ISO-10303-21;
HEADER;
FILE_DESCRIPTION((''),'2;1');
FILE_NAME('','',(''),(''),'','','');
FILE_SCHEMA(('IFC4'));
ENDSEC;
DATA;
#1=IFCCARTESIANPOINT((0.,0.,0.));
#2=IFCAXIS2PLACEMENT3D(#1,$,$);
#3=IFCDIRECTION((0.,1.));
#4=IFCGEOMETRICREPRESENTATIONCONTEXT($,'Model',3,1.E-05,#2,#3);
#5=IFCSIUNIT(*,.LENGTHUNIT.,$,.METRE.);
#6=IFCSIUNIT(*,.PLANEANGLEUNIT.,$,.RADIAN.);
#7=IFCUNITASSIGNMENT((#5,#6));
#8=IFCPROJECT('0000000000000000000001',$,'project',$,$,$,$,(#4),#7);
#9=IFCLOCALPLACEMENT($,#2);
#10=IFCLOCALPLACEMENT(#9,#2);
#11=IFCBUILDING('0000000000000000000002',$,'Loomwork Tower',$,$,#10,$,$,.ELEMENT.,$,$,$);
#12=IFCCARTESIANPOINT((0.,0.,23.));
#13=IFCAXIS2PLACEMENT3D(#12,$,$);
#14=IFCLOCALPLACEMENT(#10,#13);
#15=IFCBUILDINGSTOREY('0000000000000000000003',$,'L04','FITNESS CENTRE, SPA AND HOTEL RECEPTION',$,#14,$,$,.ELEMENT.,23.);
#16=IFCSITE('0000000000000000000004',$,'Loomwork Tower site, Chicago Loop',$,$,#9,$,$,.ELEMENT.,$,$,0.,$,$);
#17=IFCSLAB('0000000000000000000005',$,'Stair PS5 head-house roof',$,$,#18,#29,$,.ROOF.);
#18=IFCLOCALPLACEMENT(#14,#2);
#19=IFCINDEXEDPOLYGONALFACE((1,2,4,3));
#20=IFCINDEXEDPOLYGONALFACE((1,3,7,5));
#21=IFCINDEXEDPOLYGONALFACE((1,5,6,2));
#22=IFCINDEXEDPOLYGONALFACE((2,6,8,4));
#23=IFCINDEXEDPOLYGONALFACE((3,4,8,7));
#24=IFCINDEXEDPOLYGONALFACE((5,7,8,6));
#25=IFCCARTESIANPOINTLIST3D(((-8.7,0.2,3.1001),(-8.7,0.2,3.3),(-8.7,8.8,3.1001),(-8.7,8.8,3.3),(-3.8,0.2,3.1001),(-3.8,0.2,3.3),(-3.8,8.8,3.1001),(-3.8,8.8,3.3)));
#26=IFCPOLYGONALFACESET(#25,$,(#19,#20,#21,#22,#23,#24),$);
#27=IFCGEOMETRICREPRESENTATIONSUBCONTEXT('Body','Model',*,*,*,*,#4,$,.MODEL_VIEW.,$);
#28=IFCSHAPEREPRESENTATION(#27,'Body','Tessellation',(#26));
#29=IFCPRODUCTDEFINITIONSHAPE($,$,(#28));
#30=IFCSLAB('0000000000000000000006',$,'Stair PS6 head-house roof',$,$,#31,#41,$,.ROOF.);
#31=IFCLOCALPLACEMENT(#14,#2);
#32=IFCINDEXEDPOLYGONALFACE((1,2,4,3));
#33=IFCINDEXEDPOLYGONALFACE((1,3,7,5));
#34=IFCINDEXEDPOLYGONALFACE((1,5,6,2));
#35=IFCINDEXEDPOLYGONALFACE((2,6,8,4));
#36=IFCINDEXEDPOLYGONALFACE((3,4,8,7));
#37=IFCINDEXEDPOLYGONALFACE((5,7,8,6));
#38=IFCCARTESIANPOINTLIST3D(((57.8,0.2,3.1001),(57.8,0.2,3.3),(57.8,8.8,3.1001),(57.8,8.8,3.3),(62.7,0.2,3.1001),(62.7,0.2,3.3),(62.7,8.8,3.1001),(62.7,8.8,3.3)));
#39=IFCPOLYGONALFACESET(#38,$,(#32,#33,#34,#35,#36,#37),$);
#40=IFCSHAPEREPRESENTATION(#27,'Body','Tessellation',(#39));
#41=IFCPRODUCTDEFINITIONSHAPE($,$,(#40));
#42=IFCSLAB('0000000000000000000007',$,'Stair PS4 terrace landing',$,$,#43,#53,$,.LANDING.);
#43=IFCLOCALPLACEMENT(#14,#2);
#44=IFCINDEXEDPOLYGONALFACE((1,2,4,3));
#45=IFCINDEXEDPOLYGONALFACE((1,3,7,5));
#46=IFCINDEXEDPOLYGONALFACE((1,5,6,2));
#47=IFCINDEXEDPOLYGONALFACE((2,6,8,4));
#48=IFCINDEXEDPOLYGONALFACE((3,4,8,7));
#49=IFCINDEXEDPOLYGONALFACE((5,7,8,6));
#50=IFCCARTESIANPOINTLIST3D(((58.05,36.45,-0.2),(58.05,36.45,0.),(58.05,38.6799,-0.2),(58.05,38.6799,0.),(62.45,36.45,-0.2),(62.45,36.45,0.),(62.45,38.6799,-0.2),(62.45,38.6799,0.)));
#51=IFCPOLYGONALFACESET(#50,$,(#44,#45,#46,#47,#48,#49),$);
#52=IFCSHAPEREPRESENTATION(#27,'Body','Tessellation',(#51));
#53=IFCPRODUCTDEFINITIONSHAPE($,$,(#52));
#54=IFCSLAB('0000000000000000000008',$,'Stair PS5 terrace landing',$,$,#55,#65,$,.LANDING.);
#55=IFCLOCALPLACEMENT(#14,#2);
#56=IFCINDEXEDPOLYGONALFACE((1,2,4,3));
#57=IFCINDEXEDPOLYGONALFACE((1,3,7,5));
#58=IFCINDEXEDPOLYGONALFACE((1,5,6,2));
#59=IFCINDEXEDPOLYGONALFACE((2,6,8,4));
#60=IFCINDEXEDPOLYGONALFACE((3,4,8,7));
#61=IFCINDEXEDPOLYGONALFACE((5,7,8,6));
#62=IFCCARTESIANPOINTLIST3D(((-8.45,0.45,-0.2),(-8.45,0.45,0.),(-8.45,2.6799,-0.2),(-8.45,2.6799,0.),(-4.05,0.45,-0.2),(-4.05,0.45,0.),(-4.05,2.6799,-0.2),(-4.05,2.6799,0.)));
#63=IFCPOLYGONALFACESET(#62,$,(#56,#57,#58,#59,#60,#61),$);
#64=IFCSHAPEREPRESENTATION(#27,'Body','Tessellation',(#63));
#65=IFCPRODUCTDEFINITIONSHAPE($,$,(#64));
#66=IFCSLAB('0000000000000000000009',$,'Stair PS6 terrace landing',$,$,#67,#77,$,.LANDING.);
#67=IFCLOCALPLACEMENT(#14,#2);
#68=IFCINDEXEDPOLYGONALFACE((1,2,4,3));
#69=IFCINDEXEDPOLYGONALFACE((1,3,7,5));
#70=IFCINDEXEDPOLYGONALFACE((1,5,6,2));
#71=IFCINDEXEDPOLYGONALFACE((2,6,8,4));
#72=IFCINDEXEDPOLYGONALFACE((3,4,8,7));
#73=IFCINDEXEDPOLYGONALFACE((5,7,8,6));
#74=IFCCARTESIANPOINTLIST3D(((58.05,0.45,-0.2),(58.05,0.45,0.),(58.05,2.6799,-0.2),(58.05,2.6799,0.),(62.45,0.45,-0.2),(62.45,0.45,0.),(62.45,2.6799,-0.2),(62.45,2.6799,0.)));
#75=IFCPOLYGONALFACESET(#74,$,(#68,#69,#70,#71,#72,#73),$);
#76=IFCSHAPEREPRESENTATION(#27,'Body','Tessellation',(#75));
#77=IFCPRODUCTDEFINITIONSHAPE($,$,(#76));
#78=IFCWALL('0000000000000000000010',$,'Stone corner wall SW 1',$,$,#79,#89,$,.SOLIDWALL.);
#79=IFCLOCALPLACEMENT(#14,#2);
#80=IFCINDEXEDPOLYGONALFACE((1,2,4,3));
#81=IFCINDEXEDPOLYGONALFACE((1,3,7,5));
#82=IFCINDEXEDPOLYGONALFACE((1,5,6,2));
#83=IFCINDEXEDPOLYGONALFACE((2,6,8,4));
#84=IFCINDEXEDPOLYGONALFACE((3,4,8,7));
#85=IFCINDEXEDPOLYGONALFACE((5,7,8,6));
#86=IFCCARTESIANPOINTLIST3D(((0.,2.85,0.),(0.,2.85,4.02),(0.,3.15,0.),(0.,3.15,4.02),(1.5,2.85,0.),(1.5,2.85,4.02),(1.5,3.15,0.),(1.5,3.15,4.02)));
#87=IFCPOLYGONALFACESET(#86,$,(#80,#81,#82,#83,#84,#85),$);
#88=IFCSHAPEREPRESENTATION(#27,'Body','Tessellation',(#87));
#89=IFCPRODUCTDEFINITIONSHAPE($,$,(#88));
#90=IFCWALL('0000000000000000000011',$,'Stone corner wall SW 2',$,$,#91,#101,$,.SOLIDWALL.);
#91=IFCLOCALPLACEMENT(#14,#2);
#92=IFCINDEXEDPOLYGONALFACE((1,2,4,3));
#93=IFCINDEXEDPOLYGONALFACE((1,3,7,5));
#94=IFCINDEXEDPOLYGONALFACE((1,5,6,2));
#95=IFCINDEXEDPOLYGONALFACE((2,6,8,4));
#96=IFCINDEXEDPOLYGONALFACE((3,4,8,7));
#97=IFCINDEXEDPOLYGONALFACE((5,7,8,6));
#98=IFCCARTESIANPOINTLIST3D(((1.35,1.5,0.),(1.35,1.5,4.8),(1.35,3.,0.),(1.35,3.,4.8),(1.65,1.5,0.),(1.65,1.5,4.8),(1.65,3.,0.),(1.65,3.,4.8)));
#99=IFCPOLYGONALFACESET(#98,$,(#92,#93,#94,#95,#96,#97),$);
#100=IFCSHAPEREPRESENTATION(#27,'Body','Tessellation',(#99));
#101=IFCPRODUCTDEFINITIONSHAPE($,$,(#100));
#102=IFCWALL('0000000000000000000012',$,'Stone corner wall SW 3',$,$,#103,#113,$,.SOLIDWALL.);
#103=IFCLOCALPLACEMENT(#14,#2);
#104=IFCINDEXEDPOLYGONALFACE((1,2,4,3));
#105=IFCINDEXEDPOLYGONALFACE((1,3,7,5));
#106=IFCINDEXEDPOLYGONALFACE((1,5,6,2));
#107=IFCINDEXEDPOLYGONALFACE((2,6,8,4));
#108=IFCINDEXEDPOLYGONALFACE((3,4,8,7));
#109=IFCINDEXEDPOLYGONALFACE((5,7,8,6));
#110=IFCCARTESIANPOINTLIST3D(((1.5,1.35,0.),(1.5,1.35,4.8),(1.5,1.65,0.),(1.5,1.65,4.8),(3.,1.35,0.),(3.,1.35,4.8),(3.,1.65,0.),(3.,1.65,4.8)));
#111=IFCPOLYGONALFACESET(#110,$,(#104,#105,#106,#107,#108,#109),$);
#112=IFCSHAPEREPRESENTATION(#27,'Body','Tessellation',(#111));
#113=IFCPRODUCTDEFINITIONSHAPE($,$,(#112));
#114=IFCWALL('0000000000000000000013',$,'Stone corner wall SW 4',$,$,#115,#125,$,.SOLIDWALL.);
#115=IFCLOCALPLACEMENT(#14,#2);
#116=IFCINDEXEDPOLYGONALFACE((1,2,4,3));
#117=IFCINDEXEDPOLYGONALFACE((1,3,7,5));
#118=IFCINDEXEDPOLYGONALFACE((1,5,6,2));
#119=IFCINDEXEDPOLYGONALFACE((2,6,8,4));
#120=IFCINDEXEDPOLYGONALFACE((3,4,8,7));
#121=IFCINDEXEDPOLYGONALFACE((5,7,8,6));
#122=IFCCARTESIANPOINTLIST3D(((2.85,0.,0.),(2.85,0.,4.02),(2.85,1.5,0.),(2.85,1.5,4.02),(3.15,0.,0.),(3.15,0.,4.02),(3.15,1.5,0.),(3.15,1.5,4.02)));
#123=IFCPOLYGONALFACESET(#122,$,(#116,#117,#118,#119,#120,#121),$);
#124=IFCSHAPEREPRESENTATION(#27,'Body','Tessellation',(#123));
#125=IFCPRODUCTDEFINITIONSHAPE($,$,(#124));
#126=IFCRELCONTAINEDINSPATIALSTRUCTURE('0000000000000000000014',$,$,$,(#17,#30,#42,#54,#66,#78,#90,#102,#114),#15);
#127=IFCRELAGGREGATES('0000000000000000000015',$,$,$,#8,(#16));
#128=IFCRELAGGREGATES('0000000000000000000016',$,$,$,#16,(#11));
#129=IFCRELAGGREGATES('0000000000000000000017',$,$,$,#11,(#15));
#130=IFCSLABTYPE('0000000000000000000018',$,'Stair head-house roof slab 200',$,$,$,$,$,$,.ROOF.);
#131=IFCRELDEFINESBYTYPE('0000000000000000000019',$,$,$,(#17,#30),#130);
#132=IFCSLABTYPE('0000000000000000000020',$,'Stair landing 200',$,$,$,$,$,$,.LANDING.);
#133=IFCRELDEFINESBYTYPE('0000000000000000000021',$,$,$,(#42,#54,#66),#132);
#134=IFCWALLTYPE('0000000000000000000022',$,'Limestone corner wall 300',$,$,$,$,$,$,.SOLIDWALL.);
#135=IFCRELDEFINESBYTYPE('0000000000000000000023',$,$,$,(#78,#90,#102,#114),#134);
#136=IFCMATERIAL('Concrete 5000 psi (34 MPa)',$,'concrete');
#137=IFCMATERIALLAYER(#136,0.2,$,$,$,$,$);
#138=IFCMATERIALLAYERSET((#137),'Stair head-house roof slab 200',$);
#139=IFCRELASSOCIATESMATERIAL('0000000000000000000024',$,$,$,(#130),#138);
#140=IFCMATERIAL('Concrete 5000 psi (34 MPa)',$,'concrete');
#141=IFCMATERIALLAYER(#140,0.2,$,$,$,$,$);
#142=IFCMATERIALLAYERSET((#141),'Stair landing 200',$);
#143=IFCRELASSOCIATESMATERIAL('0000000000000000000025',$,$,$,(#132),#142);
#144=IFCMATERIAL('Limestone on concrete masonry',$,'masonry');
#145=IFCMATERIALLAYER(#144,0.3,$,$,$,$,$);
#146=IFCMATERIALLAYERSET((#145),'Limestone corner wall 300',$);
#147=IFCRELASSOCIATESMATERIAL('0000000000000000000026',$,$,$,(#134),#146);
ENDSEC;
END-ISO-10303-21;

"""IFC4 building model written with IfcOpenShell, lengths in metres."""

from ifc_helpers import new_model, si_unit, direction, frame, frame_2d, origin, place, context, subcontext, project, spatial, polyline, rectangle, outline, extrude, material, layer, layer_set, type_object, element, save


model = new_model("IFC4")

# Units and contexts
model_context = context("Model", 3, precision=1e-05, world=origin(), true_north=direction((0.0, 1.0)))
body_context = subcontext(model_context, "Body", "Model", "MODEL_VIEW")
ifc_project = project(units=[si_unit("LENGTHUNIT", "METRE"), si_unit("PLANEANGLEUNIT", "RADIAN")], contexts=[model_context])

# Site, building, storey
site_placement = place(None, origin())
site = spatial("IfcSite", under=ifc_project, at=site_placement, Name="Loomwork Tower site, Chicago Loop", CompositionType="ELEMENT", RefElevation=0.0)
building_placement = place(site_placement, origin())
building = spatial("IfcBuilding", under=site, at=building_placement, Name="Loomwork Tower", CompositionType="ELEMENT")
storey_placement = place(building_placement, frame((0.0, 0.0, 23.0)))
storey = spatial("IfcBuildingStorey", under=building, at=storey_placement, Name="L04", Description="FITNESS CENTRE, SPA AND HOTEL RECEPTION", CompositionType="ELEMENT", Elevation=23.0)

# Slabs
ifc_material_1 = material(Name="Concrete 5000 psi (34 MPa)", Category="concrete")
ifc_layer_1 = layer(ifc_material_1, 0.2)
ifc_layer_set_1 = layer_set([ifc_layer_1], Name="Stair head-house roof slab 200")
slab_type_1 = type_object("IfcSlabType", Name="Stair head-house roof slab 200", PredefinedType="ROOF", material=ifc_layer_set_1)
slab_1_placement = place(storey_placement, frame((0.0, 0.0, 3.1001)))
element("IfcSlab", 1, at=slab_1_placement, inside=storey, type_object=slab_type_1, Name="Stair PS5 head-house roof", PredefinedType="ROOF", context=body_context, shape_type="SweptSolid", body=[
    extrude(outline(polyline([(-8.7, 0.2), (-3.8, 0.2), (-3.8, 8.8), (-8.7, 8.8), (-8.7, 0.2)])), origin(), (0.0, 0.0, 1.0), 0.2),
])
slab_2_placement = place(storey_placement, frame((0.0, 0.0, 3.1001)))
element("IfcSlab", 2, at=slab_2_placement, inside=storey, type_object=slab_type_1, Name="Stair PS6 head-house roof", PredefinedType="ROOF", context=body_context, shape_type="SweptSolid", body=[
    extrude(outline(polyline([(57.8, 0.2), (62.7, 0.2), (62.7, 8.8), (57.8, 8.8), (57.8, 0.2)])), origin(), (0.0, 0.0, 1.0), 0.2),
])
ifc_material_2 = material(Name="Concrete 5000 psi (34 MPa)", Category="concrete")
ifc_layer_2 = layer(ifc_material_2, 0.2)
ifc_layer_set_2 = layer_set([ifc_layer_2], Name="Stair landing 200")
slab_type_2 = type_object("IfcSlabType", Name="Stair landing 200", PredefinedType="LANDING", material=ifc_layer_set_2)
slab_3_placement = place(storey_placement, frame((0.0, 0.0, -0.2)))
element("IfcSlab", 3, at=slab_3_placement, inside=storey, type_object=slab_type_2, Name="Stair PS4 terrace landing", PredefinedType="LANDING", context=body_context, shape_type="SweptSolid", body=[
    extrude(outline(polyline([(58.05, 36.45), (62.45, 36.45), (62.45, 38.6799), (58.05, 38.6799), (58.05, 36.45)])), origin(), (0.0, 0.0, 1.0), 0.2),
])
slab_4_placement = place(storey_placement, frame((0.0, 0.0, -0.2)))
element("IfcSlab", 4, at=slab_4_placement, inside=storey, type_object=slab_type_2, Name="Stair PS5 terrace landing", PredefinedType="LANDING", context=body_context, shape_type="SweptSolid", body=[
    extrude(outline(polyline([(-8.45, 0.45), (-4.05, 0.45), (-4.05, 2.6799), (-8.45, 2.6799), (-8.45, 0.45)])), origin(), (0.0, 0.0, 1.0), 0.2),
])
slab_5_placement = place(storey_placement, frame((0.0, 0.0, -0.2)))
element("IfcSlab", 5, at=slab_5_placement, inside=storey, type_object=slab_type_2, Name="Stair PS6 terrace landing", PredefinedType="LANDING", context=body_context, shape_type="SweptSolid", body=[
    extrude(outline(polyline([(58.05, 0.45), (62.45, 0.45), (62.45, 2.6799), (58.05, 2.6799), (58.05, 0.45)])), origin(), (0.0, 0.0, 1.0), 0.2),
])

# Walls
ifc_material_3 = material(Name="Limestone on concrete masonry", Category="masonry")
ifc_layer_3 = layer(ifc_material_3, 0.3)
ifc_layer_set_3 = layer_set([ifc_layer_3], Name="Limestone corner wall 300")
wall_type = type_object("IfcWallType", Name="Limestone corner wall 300", PredefinedType="SOLIDWALL", material=ifc_layer_set_3)
wall_1_placement = place(storey_placement, frame((0.0, 3.0, 0.0), z_axis=(0.0, 0.0, 1.0), x_axis=(1.0, 0.0, 0.0)))
element("IfcWall", 6, at=wall_1_placement, inside=storey, type_object=wall_type, Name="Stone corner wall SW 1", PredefinedType="SOLIDWALL", context=body_context, shape_type="SweptSolid", body=[
    extrude(rectangle(XDim=1.5, YDim=0.3, at=frame_2d((0.75, 0.0))), origin(), (0.0, 0.0, 1.0), 4.02),
])
for number, where, z_axis, x_axis, name in (
    (7, (1.5, 3.0, 0.0), (0.0, 0.0, 1.0), (0.0, -1.0, 0.0), "Stone corner wall SW 2"),
    (8, (1.5, 1.5, 0.0), (0.0, 0.0, 1.0), (1.0, 0.0, 0.0), "Stone corner wall SW 3"),
):
    element("IfcWall", number, at=place(storey_placement, frame(where, z_axis=z_axis, x_axis=x_axis)), inside=storey, type_object=wall_type, Name=name, PredefinedType="SOLIDWALL", context=body_context, shape_type="SweptSolid", body=[
        extrude(rectangle(XDim=1.5, YDim=0.3, at=frame_2d((0.75, 0.0))), origin(), (0.0, 0.0, 1.0), 4.8),
    ])
wall_2_placement = place(storey_placement, frame((3.0, 1.5, 0.0), z_axis=(0.0, 0.0, 1.0), x_axis=(0.0, -1.0, 0.0)))
element("IfcWall", 9, at=wall_2_placement, inside=storey, type_object=wall_type, Name="Stone corner wall SW 4", PredefinedType="SOLIDWALL", context=body_context, shape_type="SweptSolid", body=[
    extrude(rectangle(XDim=1.5, YDim=0.3, at=frame_2d((0.75, 0.0))), origin(), (0.0, 0.0, 1.0), 4.02),
])

save(model, "model.ifc")
